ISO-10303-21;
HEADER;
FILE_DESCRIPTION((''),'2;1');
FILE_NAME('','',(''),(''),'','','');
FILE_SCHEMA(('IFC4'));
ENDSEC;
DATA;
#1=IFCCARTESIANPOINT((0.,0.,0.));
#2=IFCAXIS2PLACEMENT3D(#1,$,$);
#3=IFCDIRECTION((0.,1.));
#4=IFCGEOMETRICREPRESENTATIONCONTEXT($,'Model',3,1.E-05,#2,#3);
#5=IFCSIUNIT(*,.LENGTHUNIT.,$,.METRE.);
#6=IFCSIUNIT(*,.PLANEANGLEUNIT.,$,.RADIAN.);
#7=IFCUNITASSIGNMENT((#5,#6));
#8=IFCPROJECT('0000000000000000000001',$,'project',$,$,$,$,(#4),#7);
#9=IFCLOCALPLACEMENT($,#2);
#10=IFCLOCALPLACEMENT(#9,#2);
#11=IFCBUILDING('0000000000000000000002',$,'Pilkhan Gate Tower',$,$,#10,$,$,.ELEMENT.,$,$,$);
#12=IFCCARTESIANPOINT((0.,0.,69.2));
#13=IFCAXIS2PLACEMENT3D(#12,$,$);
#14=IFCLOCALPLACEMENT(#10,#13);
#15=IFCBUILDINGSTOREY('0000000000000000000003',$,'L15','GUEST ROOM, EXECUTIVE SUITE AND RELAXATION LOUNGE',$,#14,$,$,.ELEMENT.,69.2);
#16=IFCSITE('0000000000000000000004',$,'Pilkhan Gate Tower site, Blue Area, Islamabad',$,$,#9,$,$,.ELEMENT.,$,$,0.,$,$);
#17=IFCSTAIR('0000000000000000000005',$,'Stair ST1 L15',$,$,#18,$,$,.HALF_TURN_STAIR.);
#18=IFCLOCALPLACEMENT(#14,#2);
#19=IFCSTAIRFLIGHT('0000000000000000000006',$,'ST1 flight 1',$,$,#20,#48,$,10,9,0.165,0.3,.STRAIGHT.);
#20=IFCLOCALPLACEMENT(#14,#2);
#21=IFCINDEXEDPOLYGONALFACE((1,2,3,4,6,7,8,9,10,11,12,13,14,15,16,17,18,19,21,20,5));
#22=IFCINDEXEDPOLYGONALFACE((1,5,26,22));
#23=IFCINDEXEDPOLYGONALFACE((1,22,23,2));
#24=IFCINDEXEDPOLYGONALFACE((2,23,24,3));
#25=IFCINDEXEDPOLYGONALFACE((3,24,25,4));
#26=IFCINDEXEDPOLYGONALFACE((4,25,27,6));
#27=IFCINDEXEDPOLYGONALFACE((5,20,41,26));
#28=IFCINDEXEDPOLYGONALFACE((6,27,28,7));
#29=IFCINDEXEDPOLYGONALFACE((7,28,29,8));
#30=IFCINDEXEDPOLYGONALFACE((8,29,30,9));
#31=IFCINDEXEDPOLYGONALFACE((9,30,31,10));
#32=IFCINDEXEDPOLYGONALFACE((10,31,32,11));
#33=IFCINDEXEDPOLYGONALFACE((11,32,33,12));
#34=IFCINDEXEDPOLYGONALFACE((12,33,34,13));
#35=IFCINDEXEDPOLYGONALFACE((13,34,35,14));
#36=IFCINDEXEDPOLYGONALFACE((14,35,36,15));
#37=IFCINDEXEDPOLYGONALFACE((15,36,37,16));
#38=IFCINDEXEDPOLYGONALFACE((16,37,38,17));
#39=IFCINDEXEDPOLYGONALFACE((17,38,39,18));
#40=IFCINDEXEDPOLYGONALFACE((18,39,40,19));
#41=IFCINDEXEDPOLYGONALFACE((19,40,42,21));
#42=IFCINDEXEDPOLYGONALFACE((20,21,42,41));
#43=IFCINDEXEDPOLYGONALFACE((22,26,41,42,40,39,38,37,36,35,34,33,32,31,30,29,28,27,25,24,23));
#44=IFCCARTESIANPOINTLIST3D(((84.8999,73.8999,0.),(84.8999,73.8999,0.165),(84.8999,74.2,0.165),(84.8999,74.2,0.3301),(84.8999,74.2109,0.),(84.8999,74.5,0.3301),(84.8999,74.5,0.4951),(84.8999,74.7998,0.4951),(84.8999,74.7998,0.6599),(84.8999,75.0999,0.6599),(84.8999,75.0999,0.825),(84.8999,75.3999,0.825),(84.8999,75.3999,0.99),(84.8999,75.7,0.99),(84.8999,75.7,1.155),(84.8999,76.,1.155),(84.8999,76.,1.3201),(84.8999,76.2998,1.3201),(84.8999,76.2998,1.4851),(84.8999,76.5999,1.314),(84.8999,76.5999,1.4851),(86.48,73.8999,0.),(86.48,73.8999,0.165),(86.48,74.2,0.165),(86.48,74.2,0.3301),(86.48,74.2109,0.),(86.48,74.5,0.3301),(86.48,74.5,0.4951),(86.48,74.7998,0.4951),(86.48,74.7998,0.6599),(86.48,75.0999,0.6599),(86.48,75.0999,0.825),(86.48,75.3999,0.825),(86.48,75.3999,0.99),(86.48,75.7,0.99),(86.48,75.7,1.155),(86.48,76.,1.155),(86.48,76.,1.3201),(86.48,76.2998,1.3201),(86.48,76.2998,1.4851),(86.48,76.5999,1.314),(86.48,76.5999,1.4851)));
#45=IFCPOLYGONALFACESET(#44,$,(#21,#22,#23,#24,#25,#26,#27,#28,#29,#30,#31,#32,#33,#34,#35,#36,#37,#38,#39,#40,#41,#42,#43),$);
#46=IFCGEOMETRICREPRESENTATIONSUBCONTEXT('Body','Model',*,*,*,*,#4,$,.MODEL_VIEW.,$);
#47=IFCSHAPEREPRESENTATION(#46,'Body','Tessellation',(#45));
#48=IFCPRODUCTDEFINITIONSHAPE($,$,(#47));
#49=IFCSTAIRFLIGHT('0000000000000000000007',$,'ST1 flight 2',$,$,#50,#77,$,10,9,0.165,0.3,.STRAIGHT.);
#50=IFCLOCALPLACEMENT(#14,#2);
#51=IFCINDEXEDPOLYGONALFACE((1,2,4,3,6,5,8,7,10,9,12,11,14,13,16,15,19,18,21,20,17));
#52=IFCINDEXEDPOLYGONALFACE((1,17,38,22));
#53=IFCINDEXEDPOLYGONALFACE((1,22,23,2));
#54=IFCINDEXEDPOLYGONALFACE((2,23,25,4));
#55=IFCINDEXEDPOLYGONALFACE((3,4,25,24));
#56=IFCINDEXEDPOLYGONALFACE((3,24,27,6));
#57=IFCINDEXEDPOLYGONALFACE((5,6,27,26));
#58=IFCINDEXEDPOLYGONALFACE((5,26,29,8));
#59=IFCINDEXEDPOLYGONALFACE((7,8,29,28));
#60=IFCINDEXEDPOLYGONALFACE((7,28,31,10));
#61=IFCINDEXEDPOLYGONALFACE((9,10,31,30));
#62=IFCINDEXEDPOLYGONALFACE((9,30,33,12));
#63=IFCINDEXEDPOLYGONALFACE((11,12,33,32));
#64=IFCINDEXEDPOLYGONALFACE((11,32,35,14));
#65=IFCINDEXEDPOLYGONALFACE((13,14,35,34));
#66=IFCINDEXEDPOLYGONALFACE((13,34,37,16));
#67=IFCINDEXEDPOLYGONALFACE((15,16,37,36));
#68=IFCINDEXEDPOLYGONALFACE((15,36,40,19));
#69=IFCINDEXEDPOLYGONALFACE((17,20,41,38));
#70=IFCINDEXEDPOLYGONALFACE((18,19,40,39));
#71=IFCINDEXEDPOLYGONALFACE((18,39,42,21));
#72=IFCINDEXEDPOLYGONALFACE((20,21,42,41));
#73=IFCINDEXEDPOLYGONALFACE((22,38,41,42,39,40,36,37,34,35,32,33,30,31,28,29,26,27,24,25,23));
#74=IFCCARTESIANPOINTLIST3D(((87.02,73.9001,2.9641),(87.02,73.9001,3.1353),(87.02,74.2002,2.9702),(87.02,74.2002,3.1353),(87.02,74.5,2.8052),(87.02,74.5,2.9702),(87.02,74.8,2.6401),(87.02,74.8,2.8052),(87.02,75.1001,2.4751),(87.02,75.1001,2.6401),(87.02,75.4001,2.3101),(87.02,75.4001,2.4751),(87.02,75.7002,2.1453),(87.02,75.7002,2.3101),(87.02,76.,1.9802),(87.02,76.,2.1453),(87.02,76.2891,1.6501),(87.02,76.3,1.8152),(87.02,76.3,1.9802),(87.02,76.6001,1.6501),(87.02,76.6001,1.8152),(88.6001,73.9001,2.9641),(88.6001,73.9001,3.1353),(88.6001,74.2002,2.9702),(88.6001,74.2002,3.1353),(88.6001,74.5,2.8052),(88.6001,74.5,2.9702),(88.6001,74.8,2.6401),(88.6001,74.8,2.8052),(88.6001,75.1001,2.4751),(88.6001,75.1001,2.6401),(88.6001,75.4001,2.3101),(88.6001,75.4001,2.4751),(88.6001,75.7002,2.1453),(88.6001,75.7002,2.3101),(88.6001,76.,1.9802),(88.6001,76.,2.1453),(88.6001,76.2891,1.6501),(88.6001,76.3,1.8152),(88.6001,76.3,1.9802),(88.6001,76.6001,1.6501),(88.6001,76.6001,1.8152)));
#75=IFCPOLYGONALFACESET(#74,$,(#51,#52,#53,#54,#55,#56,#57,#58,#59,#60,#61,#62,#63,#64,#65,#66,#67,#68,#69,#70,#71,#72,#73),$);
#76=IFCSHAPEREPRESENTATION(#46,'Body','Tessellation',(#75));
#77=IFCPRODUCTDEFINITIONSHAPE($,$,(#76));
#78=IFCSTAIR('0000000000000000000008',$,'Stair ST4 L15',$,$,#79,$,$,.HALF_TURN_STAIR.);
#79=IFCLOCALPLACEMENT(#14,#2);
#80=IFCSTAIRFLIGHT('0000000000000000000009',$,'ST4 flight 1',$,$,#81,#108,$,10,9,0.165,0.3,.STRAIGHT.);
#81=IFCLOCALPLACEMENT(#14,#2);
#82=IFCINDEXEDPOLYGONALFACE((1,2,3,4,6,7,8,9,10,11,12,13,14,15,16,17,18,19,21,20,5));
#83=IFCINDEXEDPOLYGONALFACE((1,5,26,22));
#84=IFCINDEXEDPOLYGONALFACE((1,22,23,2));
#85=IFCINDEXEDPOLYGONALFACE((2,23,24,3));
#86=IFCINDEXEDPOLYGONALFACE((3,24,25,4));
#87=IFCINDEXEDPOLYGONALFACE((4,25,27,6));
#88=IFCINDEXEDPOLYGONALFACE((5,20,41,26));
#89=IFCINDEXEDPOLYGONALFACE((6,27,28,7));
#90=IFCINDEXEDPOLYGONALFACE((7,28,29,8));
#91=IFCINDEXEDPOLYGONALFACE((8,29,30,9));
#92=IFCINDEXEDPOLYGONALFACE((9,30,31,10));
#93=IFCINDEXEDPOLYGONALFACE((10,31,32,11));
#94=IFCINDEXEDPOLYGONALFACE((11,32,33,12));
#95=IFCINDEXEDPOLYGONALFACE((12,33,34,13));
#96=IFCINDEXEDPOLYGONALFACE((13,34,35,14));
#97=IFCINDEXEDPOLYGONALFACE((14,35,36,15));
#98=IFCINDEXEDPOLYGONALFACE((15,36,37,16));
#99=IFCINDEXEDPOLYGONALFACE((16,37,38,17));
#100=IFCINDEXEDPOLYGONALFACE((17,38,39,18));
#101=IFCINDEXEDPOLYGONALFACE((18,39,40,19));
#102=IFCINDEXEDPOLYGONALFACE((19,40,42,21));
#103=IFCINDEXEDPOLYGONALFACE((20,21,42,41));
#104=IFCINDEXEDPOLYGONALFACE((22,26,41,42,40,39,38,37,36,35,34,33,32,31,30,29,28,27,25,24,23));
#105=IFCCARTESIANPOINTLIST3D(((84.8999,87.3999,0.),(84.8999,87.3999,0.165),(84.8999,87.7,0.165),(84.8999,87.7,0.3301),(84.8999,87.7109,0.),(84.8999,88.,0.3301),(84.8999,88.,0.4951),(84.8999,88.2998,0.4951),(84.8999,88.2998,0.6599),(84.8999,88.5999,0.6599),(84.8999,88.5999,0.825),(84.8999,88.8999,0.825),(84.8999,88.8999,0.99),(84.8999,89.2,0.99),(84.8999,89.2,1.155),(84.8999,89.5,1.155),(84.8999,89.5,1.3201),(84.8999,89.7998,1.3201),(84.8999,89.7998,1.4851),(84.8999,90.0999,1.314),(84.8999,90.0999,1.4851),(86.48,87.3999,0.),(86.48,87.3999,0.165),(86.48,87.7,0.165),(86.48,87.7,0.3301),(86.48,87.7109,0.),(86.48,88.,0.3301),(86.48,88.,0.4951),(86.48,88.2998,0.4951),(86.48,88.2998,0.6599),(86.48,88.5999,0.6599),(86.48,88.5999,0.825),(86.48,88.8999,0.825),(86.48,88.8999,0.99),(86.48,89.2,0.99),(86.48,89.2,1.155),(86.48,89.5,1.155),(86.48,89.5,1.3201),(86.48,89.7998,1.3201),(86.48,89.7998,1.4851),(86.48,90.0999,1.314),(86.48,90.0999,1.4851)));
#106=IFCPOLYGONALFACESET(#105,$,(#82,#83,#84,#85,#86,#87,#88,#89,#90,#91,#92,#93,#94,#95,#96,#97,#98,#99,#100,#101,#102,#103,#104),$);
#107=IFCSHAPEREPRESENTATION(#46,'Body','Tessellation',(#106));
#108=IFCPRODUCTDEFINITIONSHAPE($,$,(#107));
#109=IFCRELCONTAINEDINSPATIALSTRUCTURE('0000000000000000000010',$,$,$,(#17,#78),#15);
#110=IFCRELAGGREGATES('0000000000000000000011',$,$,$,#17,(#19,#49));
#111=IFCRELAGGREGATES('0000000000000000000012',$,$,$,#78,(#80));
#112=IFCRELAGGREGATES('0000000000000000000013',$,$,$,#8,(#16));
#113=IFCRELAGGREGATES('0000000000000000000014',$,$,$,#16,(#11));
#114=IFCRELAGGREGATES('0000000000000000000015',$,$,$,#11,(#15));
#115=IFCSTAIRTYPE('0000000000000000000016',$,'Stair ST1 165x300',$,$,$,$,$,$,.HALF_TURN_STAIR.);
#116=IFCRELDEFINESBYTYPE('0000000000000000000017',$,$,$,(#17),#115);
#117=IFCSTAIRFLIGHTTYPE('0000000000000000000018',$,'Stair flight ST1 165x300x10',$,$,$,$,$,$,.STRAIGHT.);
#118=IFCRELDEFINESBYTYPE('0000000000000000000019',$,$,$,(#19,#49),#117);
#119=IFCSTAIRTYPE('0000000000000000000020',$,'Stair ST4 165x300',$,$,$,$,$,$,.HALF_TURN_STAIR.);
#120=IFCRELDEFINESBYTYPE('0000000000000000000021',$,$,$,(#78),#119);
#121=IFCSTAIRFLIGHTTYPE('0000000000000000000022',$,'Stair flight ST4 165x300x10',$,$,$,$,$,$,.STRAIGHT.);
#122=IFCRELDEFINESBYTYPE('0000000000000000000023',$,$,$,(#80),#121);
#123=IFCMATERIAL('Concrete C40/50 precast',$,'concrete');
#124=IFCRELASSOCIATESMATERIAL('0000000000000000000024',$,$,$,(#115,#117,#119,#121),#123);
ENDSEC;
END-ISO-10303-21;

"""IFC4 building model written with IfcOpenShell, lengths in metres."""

from ifc_helpers import new_model, si_unit, direction, frame, origin, place, context, subcontext, project, spatial, polyline, outline, extrude, material, type_object, element, aggregate, save


model = new_model("IFC4")

# Units and contexts
model_context = context("Model", 3, precision=1e-05, world=origin(), true_north=direction((0.0, 1.0)))
body_context = subcontext(model_context, "Body", "Model", "MODEL_VIEW")
ifc_project = project(units=[si_unit("LENGTHUNIT", "METRE"), si_unit("PLANEANGLEUNIT", "RADIAN")], contexts=[model_context])

# Site, building, storey
site_placement = place(None, origin())
site = spatial("IfcSite", under=ifc_project, at=site_placement, Name="Pilkhan Gate Tower site, Blue Area, Islamabad", CompositionType="ELEMENT", RefElevation=0.0)
building_placement = place(site_placement, origin())
building = spatial("IfcBuilding", under=site, at=building_placement, Name="Pilkhan Gate Tower", CompositionType="ELEMENT")
storey_placement = place(building_placement, frame((0.0, 0.0, 69.2)))
storey = spatial("IfcBuildingStorey", under=building, at=storey_placement, Name="L15", Description="GUEST ROOM, EXECUTIVE SUITE AND RELAXATION LOUNGE", CompositionType="ELEMENT", Elevation=69.2)

# Stair, stair flights
ifc_material_1 = material(Name="Concrete C40/50 precast", Category="concrete")
stair_type_1 = type_object("IfcStairType", Name="Stair ST1 165x300", PredefinedType="HALF_TURN_STAIR", material=ifc_material_1)
stair_1_placement = place(storey_placement, origin())
stair_1 = element("IfcStair", 1, at=stair_1_placement, inside=storey, type_object=stair_type_1, Name="Stair ST1 L15", PredefinedType="HALF_TURN_STAIR")
stair_flight_type_1 = type_object("IfcStairFlightType", Name="Stair flight ST1 165x300x10", PredefinedType="STRAIGHT", material=ifc_material_1)
stair_flight_1_placement = place(storey_placement, frame((85.6899, 73.8999, 0.0), z_axis=(0.0, 0.0, 1.0), x_axis=(0.0, 1.0, 0.0)))
stair_flight_1 = element("IfcStairFlight", 2, at=stair_flight_1_placement, type_object=stair_flight_type_1, Name="ST1 flight 1", NumberOfRisers=10, NumberOfTreads=9, PredefinedType="STRAIGHT", RiserHeight=0.165, TreadLength=0.3, context=body_context, shape_type="SweptSolid", body=[
    extrude(outline(polyline([(0.0, 0.0), (0.0, 0.165), (0.3, 0.165), (0.3, 0.3301), (0.6001, 0.3301), (0.6001, 0.4951), (0.8999, 0.4951), (0.8999, 0.6599), (1.2, 0.6599), (1.2, 0.825), (1.5, 0.825), (1.5, 0.99), (1.8, 0.99), (1.8, 1.155), (2.1001, 1.155), (2.1001, 1.3201), (2.3999, 1.3201), (2.3999, 1.4851), (2.7, 1.4851), (2.7, 1.6499), (2.7, 1.314), (0.311, 0.0), (0.0, 0.0)])), frame((0.0, 0.79, 0.0), z_axis=(0.0, -1.0, 0.0), x_axis=(1.0, 0.0, 0.0)), (0.0, 0.0, 1.0), 1.5801),
])
stair_flight_2_placement = place(storey_placement, frame((87.8101, 76.6001, 1.6501), z_axis=(0.0, 0.0, 1.0), x_axis=(0.0, -1.0, 0.0)))
stair_flight_2 = element("IfcStairFlight", 3, at=stair_flight_2_placement, type_object=stair_flight_type_1, Name="ST1 flight 2", NumberOfRisers=10, NumberOfTreads=9, PredefinedType="STRAIGHT", RiserHeight=0.165, TreadLength=0.3, context=body_context, shape_type="SweptSolid", body=[
    extrude(outline(polyline([(0.0, 0.0), (0.0, 0.165), (0.3, 0.165), (0.3, 0.3301), (0.6001, 0.3301), (0.6001, 0.4951), (0.8999, 0.4951), (0.8999, 0.6599), (1.2, 0.6599), (1.2, 0.825), (1.5, 0.825), (1.5, 0.99), (1.8, 0.99), (1.8, 1.155), (2.1001, 1.155), (2.1001, 1.3201), (2.3999, 1.3201), (2.3999, 1.4851), (2.7, 1.4851), (2.7, 1.6499), (2.7, 1.314), (0.311, 0.0), (0.0, 0.0)])), frame((0.0, 0.79, 0.0), z_axis=(0.0, -1.0, 0.0), x_axis=(1.0, 0.0, 0.0)), (0.0, 0.0, 1.0), 1.5801),
])
aggregate(stair_1, [stair_flight_1, stair_flight_2])

# Stair, stair flight
stair_type_2 = type_object("IfcStairType", Name="Stair ST4 165x300", PredefinedType="HALF_TURN_STAIR", material=ifc_material_1)
stair_2_placement = place(storey_placement, origin())
stair_2 = element("IfcStair", 4, at=stair_2_placement, inside=storey, type_object=stair_type_2, Name="Stair ST4 L15", PredefinedType="HALF_TURN_STAIR")
stair_flight_type_2 = type_object("IfcStairFlightType", Name="Stair flight ST4 165x300x10", PredefinedType="STRAIGHT", material=ifc_material_1)
stair_flight_3_placement = place(storey_placement, frame((85.6899, 87.3999, 0.0), z_axis=(0.0, 0.0, 1.0), x_axis=(0.0, 1.0, 0.0)))
stair_flight_3 = element("IfcStairFlight", 5, at=stair_flight_3_placement, type_object=stair_flight_type_2, Name="ST4 flight 1", NumberOfRisers=10, NumberOfTreads=9, PredefinedType="STRAIGHT", RiserHeight=0.165, TreadLength=0.3, context=body_context, shape_type="SweptSolid", body=[
    extrude(outline(polyline([(0.0, 0.0), (0.0, 0.165), (0.3, 0.165), (0.3, 0.3301), (0.6001, 0.3301), (0.6001, 0.4951), (0.8999, 0.4951), (0.8999, 0.6599), (1.2, 0.6599), (1.2, 0.825), (1.5, 0.825), (1.5, 0.99), (1.8, 0.99), (1.8, 1.155), (2.1001, 1.155), (2.1001, 1.3201), (2.3999, 1.3201), (2.3999, 1.4851), (2.7, 1.4851), (2.7, 1.6499), (2.7, 1.314), (0.311, 0.0), (0.0, 0.0)])), frame((0.0, 0.79, 0.0), z_axis=(0.0, -1.0, 0.0), x_axis=(1.0, 0.0, 0.0)), (0.0, 0.0, 1.0), 1.5801),
])
aggregate(stair_2, [stair_flight_3])

save(model, "model.ifc")
